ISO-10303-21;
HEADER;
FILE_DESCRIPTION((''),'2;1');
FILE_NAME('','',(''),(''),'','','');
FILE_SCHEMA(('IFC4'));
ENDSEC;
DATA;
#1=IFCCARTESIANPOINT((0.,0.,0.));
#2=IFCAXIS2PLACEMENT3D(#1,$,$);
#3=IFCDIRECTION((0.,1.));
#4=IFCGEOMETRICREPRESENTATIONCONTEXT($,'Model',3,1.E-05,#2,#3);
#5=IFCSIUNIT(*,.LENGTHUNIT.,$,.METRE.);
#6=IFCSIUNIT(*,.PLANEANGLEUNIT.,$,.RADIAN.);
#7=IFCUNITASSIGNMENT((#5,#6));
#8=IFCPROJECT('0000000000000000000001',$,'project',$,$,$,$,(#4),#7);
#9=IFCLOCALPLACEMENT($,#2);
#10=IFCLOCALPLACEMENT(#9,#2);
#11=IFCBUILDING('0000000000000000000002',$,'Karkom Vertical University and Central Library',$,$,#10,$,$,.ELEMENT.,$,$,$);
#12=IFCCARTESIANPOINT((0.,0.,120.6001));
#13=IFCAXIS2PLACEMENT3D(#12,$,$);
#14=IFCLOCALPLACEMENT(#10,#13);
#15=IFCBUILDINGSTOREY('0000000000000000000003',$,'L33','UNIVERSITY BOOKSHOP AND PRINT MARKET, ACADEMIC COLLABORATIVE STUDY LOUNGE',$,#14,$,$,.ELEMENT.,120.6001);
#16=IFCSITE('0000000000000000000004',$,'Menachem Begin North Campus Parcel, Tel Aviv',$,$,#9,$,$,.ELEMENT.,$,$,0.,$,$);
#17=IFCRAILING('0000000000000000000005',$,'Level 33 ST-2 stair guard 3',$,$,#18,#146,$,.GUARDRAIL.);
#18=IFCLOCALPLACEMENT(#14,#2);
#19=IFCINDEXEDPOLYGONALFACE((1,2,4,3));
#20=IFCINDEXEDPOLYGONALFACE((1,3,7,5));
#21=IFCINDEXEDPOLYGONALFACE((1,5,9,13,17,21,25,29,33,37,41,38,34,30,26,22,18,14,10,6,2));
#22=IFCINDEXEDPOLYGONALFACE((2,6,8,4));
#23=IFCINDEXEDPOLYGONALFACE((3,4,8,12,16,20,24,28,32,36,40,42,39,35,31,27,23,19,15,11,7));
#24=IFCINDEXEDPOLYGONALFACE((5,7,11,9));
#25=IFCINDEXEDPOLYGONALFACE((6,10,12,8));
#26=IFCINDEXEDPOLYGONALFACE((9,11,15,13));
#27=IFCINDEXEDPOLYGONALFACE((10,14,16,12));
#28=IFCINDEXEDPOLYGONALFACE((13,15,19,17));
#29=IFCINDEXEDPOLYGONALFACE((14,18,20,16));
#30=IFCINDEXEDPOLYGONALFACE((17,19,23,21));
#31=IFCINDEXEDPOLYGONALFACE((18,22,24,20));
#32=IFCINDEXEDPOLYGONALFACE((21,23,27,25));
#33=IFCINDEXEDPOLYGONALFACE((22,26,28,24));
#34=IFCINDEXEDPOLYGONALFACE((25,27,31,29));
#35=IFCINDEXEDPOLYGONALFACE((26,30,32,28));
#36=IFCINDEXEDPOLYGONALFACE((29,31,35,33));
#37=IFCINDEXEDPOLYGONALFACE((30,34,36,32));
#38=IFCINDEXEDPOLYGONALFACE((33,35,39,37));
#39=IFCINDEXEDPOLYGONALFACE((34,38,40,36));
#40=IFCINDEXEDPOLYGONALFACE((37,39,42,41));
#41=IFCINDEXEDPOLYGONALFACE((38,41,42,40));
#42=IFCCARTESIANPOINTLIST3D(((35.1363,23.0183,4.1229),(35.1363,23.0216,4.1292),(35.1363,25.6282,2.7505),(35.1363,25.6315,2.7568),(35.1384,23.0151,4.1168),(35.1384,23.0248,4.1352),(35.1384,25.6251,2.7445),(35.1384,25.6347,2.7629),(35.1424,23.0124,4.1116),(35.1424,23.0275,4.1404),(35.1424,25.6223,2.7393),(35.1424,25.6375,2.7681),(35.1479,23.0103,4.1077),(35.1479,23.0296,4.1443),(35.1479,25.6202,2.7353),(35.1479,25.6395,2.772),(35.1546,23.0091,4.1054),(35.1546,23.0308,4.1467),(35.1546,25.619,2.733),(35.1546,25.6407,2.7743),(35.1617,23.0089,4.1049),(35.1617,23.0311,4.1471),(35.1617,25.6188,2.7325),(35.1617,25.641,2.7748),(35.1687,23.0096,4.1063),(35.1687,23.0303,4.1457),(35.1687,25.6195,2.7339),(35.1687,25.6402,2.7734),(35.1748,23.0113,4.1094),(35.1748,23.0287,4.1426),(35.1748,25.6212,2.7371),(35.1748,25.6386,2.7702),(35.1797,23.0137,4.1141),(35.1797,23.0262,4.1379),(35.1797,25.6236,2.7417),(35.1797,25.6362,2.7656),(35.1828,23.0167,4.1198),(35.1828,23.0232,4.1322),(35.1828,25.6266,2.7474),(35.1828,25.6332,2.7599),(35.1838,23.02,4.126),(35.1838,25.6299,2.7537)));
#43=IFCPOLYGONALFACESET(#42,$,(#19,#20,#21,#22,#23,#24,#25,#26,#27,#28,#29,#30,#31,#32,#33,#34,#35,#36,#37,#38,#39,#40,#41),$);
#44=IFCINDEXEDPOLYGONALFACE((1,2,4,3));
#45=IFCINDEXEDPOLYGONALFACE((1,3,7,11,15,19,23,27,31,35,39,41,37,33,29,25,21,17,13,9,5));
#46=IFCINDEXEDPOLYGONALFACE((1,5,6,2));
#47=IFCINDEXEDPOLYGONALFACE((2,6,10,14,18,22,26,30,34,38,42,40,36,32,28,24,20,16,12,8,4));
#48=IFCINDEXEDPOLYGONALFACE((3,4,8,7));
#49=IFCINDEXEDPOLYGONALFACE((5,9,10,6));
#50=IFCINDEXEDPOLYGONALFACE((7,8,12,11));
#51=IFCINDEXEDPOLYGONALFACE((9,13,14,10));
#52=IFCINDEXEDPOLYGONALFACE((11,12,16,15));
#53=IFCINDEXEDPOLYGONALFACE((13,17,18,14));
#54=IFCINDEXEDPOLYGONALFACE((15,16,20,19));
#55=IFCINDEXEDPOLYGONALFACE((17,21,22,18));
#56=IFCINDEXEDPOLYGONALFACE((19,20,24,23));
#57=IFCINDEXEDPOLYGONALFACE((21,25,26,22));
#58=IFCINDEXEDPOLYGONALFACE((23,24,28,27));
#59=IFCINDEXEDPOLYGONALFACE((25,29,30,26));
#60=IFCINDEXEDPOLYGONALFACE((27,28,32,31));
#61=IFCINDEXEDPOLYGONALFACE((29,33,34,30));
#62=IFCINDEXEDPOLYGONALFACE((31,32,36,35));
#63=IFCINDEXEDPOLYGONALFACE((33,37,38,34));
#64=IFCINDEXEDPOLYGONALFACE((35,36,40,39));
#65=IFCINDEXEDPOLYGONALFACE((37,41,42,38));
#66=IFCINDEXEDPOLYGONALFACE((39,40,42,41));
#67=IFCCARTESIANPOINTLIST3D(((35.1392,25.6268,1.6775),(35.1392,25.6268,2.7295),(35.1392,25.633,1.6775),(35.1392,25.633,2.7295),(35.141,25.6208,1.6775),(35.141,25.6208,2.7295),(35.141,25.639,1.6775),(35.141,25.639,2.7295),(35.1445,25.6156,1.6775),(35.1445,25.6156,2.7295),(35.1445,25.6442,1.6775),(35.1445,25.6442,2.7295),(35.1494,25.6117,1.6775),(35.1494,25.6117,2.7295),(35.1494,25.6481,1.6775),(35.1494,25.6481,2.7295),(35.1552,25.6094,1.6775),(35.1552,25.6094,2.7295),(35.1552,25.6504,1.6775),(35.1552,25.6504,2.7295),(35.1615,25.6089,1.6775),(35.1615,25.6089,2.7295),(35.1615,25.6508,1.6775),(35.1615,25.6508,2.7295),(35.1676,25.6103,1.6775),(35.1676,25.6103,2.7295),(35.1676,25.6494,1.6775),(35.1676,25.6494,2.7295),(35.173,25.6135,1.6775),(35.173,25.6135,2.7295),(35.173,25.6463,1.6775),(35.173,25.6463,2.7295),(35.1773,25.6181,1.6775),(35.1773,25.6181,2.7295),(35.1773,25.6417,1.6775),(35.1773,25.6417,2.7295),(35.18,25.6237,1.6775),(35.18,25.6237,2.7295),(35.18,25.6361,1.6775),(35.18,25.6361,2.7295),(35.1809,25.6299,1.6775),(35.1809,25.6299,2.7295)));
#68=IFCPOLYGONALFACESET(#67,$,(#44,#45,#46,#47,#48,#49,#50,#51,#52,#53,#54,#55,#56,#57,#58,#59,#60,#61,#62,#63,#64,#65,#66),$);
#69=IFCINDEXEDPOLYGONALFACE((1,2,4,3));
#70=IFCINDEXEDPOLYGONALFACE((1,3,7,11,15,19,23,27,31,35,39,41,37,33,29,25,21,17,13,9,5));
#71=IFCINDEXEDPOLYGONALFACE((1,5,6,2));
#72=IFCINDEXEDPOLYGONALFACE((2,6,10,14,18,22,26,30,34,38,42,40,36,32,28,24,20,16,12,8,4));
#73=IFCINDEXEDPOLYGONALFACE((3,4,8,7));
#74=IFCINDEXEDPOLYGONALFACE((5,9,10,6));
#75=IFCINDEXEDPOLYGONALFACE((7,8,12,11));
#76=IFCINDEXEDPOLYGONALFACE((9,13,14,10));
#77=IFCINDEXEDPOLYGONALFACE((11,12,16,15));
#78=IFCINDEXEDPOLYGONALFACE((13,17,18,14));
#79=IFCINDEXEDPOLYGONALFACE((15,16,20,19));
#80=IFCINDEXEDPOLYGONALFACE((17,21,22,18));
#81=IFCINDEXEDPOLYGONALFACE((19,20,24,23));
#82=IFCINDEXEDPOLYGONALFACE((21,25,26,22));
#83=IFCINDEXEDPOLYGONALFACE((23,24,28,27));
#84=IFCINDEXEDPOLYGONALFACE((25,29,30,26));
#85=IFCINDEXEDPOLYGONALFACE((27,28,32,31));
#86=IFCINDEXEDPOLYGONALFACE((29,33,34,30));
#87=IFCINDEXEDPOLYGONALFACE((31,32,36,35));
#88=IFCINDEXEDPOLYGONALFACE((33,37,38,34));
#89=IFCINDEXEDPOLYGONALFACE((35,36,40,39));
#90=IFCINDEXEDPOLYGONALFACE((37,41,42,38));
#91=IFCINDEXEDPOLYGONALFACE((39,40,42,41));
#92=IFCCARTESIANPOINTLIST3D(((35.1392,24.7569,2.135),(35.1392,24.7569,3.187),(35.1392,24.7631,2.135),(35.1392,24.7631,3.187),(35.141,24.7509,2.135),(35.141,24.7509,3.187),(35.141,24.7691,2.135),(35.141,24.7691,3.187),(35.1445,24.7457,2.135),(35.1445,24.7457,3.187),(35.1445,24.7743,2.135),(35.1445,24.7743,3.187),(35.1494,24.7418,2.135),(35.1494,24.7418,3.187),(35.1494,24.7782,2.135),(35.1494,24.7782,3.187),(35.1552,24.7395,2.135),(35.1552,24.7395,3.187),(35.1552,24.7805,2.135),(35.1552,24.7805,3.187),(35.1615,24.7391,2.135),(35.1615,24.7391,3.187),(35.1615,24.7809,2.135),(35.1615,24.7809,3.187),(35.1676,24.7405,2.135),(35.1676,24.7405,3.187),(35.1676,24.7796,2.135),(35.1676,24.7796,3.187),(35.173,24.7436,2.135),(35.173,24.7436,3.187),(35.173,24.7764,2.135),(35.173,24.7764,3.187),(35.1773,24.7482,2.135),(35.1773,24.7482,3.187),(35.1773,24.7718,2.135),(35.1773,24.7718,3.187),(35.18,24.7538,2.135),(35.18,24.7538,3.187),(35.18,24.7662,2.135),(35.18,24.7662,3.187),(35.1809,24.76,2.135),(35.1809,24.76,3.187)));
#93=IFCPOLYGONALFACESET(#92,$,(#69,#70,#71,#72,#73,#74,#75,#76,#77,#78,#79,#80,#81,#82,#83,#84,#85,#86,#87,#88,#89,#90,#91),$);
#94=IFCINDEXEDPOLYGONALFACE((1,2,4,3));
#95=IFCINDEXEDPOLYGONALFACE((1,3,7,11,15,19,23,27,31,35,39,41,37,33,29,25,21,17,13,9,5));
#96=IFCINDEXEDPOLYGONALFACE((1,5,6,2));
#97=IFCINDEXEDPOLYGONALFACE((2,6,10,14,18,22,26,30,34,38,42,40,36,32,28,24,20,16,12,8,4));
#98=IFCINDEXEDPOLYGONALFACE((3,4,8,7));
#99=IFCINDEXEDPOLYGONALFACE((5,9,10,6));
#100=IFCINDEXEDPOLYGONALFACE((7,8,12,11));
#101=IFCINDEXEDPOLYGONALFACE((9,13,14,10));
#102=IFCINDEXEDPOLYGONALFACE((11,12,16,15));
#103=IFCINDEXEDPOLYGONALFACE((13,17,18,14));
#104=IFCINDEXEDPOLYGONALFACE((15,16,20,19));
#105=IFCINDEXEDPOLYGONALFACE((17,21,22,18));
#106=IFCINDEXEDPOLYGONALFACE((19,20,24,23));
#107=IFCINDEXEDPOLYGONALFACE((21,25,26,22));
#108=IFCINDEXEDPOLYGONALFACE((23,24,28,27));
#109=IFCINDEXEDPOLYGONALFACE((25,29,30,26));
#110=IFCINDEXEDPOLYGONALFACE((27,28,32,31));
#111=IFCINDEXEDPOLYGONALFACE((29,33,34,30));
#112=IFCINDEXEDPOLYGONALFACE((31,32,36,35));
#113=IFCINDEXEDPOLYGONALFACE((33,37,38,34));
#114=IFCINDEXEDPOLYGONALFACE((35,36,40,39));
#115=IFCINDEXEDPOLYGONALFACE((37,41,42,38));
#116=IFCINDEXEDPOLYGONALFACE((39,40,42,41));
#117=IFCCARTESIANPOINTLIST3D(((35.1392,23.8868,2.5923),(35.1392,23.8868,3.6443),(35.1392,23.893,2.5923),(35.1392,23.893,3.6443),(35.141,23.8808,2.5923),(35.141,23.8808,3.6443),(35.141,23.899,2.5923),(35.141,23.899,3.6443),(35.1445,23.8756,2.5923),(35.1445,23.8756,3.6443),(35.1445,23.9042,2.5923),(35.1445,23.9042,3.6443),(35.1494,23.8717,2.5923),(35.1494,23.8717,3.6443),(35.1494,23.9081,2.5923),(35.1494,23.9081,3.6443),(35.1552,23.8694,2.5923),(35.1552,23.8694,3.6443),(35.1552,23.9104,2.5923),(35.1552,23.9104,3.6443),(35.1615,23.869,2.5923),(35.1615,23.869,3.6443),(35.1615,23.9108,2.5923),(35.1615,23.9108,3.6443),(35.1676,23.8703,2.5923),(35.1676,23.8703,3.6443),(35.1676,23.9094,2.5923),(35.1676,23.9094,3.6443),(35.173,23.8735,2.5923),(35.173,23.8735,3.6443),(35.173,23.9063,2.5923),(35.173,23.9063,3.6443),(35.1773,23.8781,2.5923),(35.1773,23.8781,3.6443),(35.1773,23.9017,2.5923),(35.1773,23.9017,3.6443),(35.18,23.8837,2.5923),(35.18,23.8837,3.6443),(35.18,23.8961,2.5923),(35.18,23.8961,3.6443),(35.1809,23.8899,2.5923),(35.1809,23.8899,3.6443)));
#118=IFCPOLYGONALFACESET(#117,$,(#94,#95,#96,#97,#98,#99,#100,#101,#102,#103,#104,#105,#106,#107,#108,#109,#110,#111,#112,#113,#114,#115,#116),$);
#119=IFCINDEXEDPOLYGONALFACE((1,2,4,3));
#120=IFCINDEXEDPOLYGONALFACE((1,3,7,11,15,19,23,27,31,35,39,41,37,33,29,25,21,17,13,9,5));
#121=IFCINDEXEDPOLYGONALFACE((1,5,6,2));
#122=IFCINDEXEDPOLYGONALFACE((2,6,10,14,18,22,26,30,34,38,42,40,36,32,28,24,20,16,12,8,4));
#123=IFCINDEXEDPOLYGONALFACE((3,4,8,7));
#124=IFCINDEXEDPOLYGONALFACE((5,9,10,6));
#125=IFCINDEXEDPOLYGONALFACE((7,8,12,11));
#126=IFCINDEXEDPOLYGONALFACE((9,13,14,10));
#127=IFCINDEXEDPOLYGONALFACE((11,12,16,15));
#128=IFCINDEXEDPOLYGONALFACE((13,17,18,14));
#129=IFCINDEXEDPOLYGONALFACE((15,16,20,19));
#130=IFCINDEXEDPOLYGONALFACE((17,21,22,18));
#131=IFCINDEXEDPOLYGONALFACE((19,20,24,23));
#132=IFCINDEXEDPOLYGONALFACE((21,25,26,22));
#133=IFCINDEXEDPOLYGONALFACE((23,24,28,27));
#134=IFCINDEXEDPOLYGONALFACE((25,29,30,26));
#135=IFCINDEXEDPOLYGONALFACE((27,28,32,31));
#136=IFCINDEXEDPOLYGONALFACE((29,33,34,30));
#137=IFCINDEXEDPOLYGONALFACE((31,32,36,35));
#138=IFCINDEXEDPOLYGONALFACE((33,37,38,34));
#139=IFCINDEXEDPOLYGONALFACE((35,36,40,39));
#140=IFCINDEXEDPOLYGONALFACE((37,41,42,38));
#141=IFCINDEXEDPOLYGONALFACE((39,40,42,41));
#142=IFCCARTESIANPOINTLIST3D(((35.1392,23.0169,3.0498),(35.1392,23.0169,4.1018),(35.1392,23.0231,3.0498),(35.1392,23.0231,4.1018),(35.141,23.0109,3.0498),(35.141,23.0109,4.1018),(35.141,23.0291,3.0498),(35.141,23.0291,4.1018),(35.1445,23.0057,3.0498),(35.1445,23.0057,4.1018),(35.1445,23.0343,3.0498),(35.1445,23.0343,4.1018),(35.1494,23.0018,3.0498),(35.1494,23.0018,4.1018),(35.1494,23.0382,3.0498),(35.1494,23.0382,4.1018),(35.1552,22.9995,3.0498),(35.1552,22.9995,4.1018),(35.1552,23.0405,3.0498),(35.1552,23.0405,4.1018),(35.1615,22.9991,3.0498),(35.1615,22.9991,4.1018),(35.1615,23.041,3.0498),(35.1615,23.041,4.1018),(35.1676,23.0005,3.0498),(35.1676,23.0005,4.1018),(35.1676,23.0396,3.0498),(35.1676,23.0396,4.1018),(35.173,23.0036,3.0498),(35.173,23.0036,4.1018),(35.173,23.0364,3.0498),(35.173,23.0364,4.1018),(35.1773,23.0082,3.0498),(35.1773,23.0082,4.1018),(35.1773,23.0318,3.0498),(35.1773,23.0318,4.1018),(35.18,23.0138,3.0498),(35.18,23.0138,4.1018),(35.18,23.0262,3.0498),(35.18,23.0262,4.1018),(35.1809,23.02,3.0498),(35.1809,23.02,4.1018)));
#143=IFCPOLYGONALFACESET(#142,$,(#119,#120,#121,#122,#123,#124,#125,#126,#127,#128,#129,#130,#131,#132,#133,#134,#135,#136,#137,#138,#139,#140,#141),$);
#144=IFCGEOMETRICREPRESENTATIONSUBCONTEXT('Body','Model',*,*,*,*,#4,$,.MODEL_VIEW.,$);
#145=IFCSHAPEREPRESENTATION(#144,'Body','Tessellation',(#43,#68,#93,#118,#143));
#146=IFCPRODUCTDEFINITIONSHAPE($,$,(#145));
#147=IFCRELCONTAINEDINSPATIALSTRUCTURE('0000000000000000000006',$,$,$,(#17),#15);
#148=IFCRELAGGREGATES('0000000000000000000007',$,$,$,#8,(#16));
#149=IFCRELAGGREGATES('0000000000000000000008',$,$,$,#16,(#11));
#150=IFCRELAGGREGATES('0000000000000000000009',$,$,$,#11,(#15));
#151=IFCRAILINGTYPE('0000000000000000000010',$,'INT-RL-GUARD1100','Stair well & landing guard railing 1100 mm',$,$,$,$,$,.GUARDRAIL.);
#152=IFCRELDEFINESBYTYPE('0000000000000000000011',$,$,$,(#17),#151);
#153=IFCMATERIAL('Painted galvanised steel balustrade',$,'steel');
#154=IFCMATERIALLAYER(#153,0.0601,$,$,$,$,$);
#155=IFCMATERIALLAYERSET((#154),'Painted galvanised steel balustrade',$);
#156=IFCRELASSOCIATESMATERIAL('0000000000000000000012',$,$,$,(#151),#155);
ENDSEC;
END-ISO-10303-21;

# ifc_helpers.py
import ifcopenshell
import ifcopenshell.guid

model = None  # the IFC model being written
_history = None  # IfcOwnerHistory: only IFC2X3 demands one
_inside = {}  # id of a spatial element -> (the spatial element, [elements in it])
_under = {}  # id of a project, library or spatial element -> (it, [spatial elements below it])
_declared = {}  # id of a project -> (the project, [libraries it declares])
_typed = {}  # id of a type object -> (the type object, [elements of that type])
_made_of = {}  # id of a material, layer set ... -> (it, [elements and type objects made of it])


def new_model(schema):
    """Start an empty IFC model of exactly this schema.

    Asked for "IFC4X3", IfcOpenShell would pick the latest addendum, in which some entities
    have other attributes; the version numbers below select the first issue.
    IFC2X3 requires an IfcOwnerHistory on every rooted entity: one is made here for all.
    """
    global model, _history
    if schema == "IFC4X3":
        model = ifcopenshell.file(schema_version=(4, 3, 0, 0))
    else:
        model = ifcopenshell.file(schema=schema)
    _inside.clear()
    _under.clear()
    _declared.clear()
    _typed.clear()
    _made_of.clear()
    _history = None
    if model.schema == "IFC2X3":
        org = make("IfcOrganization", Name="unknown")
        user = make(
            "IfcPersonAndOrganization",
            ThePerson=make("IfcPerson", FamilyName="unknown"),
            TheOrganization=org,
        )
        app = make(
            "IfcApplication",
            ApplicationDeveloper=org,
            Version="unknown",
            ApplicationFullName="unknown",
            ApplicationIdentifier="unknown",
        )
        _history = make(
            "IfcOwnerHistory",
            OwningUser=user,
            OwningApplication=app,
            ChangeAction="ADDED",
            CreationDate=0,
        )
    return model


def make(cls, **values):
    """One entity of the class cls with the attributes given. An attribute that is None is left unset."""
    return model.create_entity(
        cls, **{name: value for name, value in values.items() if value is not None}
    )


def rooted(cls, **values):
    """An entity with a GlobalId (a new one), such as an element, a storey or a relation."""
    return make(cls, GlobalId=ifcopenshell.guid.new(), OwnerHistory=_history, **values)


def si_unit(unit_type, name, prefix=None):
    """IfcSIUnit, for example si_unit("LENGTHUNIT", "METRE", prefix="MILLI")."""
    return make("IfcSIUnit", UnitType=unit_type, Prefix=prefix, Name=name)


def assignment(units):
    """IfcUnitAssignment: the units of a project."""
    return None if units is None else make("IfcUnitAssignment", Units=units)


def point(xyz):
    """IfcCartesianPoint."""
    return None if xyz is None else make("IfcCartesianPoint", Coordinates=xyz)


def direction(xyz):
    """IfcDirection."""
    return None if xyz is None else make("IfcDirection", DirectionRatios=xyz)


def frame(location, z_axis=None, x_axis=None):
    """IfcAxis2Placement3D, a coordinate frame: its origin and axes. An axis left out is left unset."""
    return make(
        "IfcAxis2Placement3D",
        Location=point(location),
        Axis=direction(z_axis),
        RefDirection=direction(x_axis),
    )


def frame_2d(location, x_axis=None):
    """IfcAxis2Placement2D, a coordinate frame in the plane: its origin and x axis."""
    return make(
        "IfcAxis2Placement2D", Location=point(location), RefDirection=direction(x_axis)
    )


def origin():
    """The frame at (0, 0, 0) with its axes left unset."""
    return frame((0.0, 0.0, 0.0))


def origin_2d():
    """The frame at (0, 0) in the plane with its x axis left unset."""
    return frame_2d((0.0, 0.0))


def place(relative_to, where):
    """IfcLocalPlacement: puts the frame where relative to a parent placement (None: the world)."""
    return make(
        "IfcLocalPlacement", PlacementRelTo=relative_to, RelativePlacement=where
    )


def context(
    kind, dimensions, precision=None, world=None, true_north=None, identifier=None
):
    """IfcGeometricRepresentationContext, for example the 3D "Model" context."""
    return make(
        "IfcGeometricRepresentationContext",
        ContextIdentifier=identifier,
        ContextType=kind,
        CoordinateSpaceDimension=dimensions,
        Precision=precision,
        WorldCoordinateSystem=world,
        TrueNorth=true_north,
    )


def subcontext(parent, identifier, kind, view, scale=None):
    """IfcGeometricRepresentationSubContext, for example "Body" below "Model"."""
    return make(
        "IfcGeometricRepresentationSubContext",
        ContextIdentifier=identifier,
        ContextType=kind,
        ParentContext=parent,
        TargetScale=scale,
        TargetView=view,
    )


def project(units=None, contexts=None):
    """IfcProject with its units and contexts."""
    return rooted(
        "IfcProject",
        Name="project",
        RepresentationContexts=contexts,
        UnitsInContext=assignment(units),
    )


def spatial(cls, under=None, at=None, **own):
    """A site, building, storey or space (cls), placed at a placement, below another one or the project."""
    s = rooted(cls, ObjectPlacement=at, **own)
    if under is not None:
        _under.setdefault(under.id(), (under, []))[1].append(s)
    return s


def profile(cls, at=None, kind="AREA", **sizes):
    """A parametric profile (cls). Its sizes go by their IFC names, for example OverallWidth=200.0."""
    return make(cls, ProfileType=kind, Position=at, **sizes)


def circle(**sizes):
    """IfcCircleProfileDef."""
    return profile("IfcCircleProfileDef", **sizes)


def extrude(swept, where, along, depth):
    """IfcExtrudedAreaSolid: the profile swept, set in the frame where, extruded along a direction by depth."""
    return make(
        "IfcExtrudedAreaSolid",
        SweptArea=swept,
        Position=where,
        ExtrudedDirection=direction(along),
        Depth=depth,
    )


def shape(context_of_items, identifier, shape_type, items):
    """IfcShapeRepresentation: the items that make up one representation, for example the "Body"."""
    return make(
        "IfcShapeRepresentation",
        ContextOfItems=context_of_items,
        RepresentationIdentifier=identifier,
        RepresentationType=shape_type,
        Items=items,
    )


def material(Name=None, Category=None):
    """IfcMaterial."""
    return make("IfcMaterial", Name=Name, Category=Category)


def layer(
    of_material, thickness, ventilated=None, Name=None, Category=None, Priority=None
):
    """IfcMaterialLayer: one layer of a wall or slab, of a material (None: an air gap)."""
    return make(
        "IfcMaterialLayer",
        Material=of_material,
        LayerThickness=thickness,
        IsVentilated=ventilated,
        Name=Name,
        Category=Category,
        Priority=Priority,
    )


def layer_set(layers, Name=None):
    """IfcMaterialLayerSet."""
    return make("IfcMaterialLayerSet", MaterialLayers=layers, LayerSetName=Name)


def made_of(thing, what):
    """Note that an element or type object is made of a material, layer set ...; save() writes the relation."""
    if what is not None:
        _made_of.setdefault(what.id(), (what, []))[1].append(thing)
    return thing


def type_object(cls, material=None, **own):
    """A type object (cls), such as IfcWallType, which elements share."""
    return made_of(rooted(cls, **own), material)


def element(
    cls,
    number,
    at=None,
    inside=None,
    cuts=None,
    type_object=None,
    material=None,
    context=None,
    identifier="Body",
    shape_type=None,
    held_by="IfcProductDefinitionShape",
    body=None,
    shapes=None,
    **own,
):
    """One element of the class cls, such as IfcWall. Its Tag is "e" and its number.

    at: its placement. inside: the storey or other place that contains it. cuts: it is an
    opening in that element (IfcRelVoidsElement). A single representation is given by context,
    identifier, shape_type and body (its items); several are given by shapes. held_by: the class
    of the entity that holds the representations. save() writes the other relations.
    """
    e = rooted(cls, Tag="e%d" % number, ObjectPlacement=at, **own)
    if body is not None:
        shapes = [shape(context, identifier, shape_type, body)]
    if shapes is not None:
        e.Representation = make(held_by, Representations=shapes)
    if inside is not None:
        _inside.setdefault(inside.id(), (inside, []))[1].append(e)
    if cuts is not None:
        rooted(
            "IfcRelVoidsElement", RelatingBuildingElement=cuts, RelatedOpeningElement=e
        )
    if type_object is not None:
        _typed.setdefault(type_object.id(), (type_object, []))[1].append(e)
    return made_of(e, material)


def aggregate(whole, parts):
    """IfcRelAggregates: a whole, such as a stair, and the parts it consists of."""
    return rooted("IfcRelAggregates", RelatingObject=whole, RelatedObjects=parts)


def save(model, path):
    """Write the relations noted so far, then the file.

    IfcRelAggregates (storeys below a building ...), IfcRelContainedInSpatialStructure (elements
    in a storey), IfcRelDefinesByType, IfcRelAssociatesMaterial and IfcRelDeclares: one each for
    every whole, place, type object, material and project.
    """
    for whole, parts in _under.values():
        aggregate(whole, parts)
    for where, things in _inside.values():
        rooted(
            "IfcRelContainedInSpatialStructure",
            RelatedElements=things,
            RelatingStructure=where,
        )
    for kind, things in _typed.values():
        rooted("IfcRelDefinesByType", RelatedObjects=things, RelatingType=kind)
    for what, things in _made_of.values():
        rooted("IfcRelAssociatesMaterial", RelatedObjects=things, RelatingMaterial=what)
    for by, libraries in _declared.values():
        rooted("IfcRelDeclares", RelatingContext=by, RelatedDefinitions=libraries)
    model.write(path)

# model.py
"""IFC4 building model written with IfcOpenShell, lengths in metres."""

from ifc_helpers import new_model, si_unit, direction, frame, origin, origin_2d, place, context, subcontext, project, spatial, circle, extrude, material, layer, layer_set, type_object, element, save


model = new_model("IFC4")

# Units and contexts
model_context = context("Model", 3, precision=1e-05, world=origin(), true_north=direction((0.0, 1.0)))
body_context = subcontext(model_context, "Body", "Model", "MODEL_VIEW")
ifc_project = project(units=[si_unit("LENGTHUNIT", "METRE"), si_unit("PLANEANGLEUNIT", "RADIAN")], contexts=[model_context])

# Site, building, storey
site_placement = place(None, origin())
site = spatial("IfcSite", under=ifc_project, at=site_placement, Name="Menachem Begin North Campus Parcel, Tel Aviv", CompositionType="ELEMENT", RefElevation=0.0)
building_placement = place(site_placement, origin())
building = spatial("IfcBuilding", under=site, at=building_placement, Name="Karkom Vertical University and Central Library", CompositionType="ELEMENT")
storey_placement = place(building_placement, frame((0.0, 0.0, 120.6001)))
storey = spatial("IfcBuildingStorey", under=building, at=storey_placement, Name="L33", Description="UNIVERSITY BOOKSHOP AND PRINT MARKET, ACADEMIC COLLABORATIVE STUDY LOUNGE", CompositionType="ELEMENT", Elevation=120.6001)

# Railing
ifc_material_1 = material(Name="Painted galvanised steel balustrade", Category="steel")
ifc_layer_1 = layer(ifc_material_1, 0.0601)
ifc_layer_set_1 = layer_set([ifc_layer_1], Name="Painted galvanised steel balustrade")
railing_type_1 = type_object("IfcRailingType", Name="INT-RL-GUARD1100", Description="Stair well & landing guard railing 1100 mm", PredefinedType="GUARDRAIL", material=ifc_layer_set_1)
railing_1_placement = place(storey_placement, frame((35.1599, 25.6299, 1.6775)))
element("IfcRailing", 1, at=railing_1_placement, inside=storey, type_object=railing_type_1, Name="Level 33 ST-2 stair guard 3", PredefinedType="GUARDRAIL", context=body_context, shape_type="SweptSolid", body=[
    extrude(circle(Radius=0.0239, at=origin_2d()), frame((0.0, 0.0, 1.0762), z_axis=(0.0, -0.8851, 0.465402), x_axis=(1.0, 0.0, 0.0)), (0.0, 0.0, 1.0), 2.9487),
    extrude(circle(Radius=0.021, at=origin_2d()), origin(), (0.0, 0.0, 1.0), 1.052),
    extrude(circle(Radius=0.021, at=origin_2d()), frame((0.0, -0.8699, 0.4575)), (0.0, 0.0, 1.0), 1.052),
    extrude(circle(Radius=0.021, at=origin_2d()), frame((0.0, -1.74, 0.9148)), (0.0, 0.0, 1.0), 1.052),
    extrude(circle(Radius=0.021, at=origin_2d()), frame((0.0, -2.6099, 1.3723)), (0.0, 0.0, 1.0), 1.052),
])

save(model, "model.ifc")
